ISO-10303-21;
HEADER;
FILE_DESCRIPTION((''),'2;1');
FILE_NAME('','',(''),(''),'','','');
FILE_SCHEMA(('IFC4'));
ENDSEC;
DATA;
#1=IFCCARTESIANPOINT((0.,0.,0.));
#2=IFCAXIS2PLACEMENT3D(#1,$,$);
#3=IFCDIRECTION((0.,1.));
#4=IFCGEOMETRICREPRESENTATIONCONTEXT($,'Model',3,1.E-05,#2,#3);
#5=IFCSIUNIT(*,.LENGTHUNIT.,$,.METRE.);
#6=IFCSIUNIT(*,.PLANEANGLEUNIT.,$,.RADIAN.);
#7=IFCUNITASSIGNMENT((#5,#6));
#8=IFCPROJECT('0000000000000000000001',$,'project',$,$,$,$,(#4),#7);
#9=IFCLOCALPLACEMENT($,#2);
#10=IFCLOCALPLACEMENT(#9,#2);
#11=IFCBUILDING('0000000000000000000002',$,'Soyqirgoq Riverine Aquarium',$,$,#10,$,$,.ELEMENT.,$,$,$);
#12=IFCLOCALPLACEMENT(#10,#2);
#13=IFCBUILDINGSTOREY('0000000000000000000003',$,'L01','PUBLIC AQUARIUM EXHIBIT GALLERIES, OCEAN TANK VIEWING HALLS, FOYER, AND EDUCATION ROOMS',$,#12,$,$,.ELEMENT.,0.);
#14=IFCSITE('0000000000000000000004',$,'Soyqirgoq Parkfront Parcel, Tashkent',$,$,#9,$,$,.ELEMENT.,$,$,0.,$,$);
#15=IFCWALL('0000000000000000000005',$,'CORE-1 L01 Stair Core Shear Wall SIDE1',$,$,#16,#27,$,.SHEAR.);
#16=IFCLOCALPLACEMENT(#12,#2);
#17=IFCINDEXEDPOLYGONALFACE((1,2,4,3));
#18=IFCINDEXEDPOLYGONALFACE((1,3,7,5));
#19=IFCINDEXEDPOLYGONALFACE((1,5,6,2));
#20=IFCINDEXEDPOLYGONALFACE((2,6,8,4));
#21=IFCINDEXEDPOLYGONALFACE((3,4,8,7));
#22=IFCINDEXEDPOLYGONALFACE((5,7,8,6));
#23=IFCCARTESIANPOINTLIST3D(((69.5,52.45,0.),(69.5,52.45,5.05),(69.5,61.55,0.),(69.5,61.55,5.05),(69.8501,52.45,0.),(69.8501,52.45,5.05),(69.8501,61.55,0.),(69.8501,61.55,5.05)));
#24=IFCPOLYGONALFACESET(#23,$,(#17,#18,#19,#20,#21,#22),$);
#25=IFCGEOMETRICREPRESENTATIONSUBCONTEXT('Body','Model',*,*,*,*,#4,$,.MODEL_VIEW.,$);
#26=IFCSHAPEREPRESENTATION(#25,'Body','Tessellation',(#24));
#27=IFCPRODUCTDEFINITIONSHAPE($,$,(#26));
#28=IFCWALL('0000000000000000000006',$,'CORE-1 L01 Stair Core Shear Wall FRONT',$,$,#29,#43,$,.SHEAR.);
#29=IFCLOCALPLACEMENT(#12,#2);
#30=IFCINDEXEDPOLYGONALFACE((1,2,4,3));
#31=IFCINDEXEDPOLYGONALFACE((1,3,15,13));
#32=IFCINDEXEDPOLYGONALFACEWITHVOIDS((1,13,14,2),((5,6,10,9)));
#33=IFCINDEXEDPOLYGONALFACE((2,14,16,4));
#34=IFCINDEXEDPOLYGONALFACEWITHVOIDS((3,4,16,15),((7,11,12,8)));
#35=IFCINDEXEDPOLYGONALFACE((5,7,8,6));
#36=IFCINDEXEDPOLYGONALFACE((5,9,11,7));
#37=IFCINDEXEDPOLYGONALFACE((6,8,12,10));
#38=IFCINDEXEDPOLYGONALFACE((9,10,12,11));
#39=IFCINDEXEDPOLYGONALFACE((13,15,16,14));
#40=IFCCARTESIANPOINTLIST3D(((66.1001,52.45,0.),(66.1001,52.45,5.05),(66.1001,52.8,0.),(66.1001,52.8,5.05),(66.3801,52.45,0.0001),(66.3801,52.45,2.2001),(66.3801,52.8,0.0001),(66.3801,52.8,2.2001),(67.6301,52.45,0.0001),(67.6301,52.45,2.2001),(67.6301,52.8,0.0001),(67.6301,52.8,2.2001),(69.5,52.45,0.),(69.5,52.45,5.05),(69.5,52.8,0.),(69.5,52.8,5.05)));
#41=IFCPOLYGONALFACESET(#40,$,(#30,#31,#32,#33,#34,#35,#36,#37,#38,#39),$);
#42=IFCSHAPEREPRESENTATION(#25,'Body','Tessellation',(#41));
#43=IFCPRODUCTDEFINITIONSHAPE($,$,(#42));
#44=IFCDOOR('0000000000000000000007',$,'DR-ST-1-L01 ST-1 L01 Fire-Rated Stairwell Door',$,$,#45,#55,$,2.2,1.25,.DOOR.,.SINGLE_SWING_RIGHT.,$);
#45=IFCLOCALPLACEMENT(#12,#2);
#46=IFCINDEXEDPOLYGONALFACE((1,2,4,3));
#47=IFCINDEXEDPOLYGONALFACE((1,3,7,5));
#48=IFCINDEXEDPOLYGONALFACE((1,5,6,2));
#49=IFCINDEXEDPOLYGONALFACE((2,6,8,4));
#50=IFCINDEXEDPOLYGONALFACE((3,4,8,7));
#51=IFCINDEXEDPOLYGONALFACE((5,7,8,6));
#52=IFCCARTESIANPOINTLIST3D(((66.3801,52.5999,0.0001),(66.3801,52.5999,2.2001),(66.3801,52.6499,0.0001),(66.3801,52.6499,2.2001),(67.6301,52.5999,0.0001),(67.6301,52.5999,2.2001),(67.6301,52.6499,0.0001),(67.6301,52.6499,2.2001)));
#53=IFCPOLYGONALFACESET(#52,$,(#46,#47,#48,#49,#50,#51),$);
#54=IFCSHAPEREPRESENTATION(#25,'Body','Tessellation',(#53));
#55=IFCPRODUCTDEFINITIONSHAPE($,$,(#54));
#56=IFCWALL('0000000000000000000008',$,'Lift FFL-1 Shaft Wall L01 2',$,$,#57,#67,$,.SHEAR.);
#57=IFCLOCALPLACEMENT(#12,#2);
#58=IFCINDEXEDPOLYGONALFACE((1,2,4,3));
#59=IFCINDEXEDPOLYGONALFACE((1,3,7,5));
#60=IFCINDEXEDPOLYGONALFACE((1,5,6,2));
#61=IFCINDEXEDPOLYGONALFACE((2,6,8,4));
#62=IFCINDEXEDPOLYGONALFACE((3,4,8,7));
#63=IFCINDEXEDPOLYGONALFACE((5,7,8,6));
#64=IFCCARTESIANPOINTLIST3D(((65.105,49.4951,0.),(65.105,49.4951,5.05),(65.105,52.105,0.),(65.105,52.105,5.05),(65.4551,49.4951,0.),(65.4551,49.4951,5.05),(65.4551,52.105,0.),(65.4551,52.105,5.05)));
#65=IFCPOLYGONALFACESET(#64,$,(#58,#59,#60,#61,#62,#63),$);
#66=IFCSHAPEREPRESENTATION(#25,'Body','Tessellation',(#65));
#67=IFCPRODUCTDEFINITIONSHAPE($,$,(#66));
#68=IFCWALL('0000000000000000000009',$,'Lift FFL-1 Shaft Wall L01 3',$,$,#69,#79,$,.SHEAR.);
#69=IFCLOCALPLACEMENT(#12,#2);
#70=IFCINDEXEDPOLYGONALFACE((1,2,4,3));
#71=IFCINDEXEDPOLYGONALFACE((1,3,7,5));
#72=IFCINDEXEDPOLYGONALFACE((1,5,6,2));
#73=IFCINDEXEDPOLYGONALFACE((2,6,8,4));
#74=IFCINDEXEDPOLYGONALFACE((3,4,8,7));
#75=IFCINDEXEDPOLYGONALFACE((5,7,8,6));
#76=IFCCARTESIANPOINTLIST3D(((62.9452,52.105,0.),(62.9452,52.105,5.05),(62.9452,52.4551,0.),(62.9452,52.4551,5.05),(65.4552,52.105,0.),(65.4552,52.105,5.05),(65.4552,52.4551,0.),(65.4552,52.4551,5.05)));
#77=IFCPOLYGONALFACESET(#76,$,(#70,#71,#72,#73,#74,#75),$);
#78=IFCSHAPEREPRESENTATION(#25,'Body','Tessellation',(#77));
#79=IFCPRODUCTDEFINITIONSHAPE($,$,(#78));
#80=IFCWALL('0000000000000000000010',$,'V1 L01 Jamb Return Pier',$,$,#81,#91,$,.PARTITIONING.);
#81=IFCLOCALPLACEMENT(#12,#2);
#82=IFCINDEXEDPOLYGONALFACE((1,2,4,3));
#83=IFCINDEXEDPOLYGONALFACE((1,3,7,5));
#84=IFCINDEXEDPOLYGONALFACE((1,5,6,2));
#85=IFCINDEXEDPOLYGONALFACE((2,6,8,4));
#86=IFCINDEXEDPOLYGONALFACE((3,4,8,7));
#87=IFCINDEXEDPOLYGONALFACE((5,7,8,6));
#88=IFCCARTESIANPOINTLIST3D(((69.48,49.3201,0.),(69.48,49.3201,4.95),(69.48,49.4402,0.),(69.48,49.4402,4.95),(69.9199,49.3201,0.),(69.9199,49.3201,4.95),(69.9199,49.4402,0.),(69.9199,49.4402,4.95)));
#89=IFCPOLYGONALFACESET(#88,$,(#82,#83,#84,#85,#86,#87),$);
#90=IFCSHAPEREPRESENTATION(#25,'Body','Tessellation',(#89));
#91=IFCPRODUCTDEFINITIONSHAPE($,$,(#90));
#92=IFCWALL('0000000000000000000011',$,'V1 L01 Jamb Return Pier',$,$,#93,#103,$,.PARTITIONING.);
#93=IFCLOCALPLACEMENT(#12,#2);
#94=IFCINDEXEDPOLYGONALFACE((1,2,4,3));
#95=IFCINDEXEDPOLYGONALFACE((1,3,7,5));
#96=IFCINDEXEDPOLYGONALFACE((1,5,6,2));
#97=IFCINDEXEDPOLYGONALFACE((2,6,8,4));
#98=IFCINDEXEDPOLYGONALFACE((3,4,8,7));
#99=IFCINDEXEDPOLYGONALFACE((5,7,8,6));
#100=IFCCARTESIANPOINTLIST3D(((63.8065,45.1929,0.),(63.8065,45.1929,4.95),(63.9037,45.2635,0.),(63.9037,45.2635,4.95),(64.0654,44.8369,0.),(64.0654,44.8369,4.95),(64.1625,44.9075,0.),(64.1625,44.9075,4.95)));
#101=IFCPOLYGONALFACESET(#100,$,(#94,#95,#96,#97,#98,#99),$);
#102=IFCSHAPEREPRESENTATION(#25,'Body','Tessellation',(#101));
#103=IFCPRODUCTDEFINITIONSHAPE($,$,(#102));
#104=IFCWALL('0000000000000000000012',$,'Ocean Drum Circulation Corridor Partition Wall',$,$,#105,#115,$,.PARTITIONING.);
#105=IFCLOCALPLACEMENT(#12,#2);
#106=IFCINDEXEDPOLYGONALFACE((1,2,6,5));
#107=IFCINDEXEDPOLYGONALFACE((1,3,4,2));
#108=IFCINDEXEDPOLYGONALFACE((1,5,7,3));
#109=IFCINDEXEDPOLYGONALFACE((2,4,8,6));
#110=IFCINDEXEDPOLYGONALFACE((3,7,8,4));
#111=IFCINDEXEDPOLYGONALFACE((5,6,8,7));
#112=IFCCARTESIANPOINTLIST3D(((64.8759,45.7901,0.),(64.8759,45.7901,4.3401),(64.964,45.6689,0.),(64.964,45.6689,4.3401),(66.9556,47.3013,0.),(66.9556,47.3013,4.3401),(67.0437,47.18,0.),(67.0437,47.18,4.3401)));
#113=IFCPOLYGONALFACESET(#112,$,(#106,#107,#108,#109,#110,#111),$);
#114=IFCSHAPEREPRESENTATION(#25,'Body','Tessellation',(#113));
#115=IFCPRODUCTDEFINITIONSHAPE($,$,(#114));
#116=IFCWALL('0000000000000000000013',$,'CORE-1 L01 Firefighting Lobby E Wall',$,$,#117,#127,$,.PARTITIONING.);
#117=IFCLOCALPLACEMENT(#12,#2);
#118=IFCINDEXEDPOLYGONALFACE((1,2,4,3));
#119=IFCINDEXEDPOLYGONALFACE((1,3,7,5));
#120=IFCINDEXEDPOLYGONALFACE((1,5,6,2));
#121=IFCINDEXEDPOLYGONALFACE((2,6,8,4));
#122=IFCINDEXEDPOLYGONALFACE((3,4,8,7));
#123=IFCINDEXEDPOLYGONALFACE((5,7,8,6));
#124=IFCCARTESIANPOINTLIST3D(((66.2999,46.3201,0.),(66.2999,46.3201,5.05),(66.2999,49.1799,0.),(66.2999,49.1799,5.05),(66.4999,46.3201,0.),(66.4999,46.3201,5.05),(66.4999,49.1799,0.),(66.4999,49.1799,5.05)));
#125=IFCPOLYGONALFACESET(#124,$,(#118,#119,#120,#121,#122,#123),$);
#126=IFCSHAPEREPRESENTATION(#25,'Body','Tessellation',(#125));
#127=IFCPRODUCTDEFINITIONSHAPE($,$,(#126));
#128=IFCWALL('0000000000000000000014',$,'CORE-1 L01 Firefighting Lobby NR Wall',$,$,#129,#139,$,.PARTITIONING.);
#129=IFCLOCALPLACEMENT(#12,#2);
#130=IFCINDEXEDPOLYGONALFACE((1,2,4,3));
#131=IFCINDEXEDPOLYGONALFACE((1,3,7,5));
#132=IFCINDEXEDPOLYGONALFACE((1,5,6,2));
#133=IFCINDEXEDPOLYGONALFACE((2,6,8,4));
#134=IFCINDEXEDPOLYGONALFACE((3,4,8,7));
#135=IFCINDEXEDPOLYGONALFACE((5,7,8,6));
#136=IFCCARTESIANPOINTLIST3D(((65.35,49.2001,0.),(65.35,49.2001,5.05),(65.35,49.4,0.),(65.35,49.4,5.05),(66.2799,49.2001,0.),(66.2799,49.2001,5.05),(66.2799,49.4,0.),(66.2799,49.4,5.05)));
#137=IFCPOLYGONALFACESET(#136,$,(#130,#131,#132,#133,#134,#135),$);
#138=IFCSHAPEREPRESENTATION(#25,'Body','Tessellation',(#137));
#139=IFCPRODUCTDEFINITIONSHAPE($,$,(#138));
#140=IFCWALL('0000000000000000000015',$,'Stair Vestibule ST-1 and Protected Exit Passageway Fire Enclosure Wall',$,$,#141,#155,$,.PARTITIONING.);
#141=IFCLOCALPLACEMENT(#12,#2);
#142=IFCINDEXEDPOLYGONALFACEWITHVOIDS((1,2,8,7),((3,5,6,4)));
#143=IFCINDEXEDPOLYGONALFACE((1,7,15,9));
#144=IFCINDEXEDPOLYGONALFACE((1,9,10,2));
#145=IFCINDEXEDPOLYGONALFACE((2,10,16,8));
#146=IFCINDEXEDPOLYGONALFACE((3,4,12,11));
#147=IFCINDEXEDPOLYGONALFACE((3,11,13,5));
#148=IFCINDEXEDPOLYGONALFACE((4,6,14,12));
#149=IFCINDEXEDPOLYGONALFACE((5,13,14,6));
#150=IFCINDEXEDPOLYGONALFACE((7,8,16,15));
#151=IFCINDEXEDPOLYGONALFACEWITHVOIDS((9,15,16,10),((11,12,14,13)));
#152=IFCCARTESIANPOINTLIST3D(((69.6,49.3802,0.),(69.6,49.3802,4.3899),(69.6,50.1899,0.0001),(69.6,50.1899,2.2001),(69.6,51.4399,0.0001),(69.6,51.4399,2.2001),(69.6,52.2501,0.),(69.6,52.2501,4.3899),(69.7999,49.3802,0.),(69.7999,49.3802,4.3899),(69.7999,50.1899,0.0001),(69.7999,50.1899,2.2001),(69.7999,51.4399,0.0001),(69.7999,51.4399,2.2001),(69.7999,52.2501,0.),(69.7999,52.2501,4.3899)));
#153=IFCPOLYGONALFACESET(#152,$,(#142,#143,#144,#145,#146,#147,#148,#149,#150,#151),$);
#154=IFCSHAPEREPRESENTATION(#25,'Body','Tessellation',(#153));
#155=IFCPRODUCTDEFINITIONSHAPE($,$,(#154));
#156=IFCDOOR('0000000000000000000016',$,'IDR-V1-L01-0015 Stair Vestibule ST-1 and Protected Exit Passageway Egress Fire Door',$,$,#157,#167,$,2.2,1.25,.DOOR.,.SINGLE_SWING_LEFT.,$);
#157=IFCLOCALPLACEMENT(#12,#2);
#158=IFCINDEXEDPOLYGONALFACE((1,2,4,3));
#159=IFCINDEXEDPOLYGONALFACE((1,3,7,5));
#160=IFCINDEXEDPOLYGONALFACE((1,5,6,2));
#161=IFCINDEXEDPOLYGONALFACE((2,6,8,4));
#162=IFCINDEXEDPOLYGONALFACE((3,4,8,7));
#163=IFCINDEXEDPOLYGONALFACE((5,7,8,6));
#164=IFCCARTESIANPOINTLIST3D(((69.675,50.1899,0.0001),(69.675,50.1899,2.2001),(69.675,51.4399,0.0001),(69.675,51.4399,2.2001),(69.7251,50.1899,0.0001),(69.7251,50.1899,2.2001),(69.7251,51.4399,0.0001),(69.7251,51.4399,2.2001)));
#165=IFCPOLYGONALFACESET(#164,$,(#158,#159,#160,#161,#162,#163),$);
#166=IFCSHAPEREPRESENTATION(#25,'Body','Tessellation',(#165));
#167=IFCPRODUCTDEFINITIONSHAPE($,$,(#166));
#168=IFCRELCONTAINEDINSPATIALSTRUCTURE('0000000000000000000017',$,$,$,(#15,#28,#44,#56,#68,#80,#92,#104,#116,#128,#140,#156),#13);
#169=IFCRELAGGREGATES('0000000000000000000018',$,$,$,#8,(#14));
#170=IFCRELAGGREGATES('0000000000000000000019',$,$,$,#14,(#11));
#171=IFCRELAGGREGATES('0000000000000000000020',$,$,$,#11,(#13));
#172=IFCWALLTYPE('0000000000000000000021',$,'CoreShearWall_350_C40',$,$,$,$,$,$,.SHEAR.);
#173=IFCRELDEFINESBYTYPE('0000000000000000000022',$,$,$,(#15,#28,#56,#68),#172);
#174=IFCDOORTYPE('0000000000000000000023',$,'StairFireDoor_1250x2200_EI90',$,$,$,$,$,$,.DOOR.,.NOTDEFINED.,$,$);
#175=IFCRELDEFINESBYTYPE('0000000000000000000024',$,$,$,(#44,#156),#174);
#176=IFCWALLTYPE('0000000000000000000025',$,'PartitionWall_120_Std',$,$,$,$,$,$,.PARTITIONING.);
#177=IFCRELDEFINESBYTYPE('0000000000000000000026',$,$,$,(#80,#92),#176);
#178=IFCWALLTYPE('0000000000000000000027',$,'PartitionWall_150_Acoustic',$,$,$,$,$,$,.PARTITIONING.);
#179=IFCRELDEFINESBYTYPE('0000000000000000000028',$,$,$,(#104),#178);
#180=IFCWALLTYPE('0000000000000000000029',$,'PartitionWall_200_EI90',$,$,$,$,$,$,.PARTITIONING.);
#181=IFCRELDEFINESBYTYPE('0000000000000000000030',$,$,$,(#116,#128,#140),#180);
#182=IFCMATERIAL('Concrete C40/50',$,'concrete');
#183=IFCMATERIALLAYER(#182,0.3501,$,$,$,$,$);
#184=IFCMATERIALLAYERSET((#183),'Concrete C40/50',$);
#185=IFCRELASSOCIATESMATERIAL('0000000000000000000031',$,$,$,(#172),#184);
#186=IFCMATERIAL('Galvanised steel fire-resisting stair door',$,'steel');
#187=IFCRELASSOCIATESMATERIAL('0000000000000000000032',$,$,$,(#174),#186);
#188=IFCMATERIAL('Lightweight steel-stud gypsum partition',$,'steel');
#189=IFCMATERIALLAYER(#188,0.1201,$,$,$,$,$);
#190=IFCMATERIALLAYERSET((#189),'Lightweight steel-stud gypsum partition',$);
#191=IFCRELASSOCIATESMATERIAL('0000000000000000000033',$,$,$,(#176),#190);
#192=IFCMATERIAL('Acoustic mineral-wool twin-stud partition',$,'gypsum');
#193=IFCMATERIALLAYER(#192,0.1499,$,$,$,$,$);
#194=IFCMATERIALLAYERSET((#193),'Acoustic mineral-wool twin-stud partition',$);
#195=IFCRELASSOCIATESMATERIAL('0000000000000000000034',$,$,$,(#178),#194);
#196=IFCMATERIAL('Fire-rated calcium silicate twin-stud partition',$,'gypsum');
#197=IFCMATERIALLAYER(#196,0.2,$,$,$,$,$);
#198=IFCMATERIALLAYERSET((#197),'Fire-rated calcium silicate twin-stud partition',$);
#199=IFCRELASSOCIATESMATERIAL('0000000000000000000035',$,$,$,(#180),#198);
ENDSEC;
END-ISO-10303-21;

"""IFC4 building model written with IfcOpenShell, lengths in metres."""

from ifc_helpers import new_model, si_unit, direction, frame, frame_2d, origin, place, context, subcontext, project, spatial, rectangle, extrude, material, layer, layer_set, type_object, element, fill, save


model = new_model("IFC4")

# Units and contexts
model_context = context("Model", 3, precision=1e-05, world=origin(), true_north=direction((0.0, 1.0)))
body_context = subcontext(model_context, "Body", "Model", "MODEL_VIEW")
ifc_project = project(units=[si_unit("LENGTHUNIT", "METRE"), si_unit("PLANEANGLEUNIT", "RADIAN")], contexts=[model_context])

# Site, building, storey
site_placement = place(None, origin())
site = spatial("IfcSite", under=ifc_project, at=site_placement, Name="Soyqirgoq Parkfront Parcel, Tashkent", CompositionType="ELEMENT", RefElevation=0.0)
building_placement = place(site_placement, origin())
building = spatial("IfcBuilding", under=site, at=building_placement, Name="Soyqirgoq Riverine Aquarium", CompositionType="ELEMENT")
storey_placement = place(building_placement, origin())
storey = spatial("IfcBuildingStorey", under=building, at=storey_placement, Name="L01", Description="PUBLIC AQUARIUM EXHIBIT GALLERIES, OCEAN TANK VIEWING HALLS, FOYER, AND EDUCATION ROOMS", CompositionType="ELEMENT", Elevation=0.0)

# Wall
ifc_material_1 = material(Name="Concrete C40/50", Category="concrete")
ifc_layer_1 = layer(ifc_material_1, 0.3501)
ifc_layer_set_1 = layer_set([ifc_layer_1], Name="Concrete C40/50")
wall_type_1 = type_object("IfcWallType", Name="CoreShearWall_350_C40", PredefinedType="SHEAR", material=ifc_layer_set_1)
wall_1_placement = place(storey_placement, frame((69.675, 52.45, 0.0), z_axis=(0.0, 0.0, 1.0), x_axis=(0.0, 1.0, 0.0)))
element("IfcWall", 1, at=wall_1_placement, inside=storey, type_object=wall_type_1, Name="CORE-1 L01 Stair Core Shear Wall SIDE1", PredefinedType="SHEAR", context=body_context, shape_type="SweptSolid", body=[
    extrude(rectangle(XDim=9.1001, YDim=0.3501, at=frame_2d((4.55, 0.0))), origin(), (0.0, 0.0, 1.0), 5.05),
])

# Wall, opening, door
wall_2_placement = place(storey_placement, frame((66.1001, 52.625, 0.0), z_axis=(0.0, 0.0, 1.0), x_axis=(1.0, 0.0, 0.0)))
wall_2 = element("IfcWall", 2, at=wall_2_placement, inside=storey, type_object=wall_type_1, Name="CORE-1 L01 Stair Core Shear Wall FRONT", PredefinedType="SHEAR", context=body_context, shape_type="SweptSolid", body=[
    extrude(rectangle(XDim=3.3999, YDim=0.3501, at=frame_2d((1.7, 0.0))), origin(), (0.0, 0.0, 1.0), 5.05),
])
opening_1_placement = place(wall_2_placement, frame((0.28, 0.0, 0.0)))
opening_1 = element("IfcOpeningElement", 3, at=opening_1_placement, cuts=wall_2, PredefinedType="OPENING", context=body_context, shape_type="SweptSolid", body=[
    extrude(rectangle(XDim=1.25, YDim=2.2, at=frame_2d((0.625, 1.1001))), frame((0.0, 0.1851, 0.0), z_axis=(0.0, -1.0, 0.0), x_axis=(1.0, 0.0, 0.0)), (0.0, 0.0, 1.0), 0.3701),
])
ifc_material_2 = material(Name="Galvanised steel fire-resisting stair door", Category="steel")
door_type_1 = type_object("IfcDoorType", Name="StairFireDoor_1250x2200_EI90", OperationType="NOTDEFINED", PredefinedType="DOOR", material=ifc_material_2)
door_1_placement = place(opening_1_placement, origin())
door_1 = element("IfcDoor", 4, at=door_1_placement, inside=storey, type_object=door_type_1, Name="DR-ST-1-L01 ST-1 L01 Fire-Rated Stairwell Door", OperationType="SINGLE_SWING_RIGHT", OverallHeight=2.2, OverallWidth=1.25, PredefinedType="DOOR", context=body_context, shape_type="SweptSolid", body=[
    extrude(rectangle(XDim=1.25, YDim=2.2, at=frame_2d((0.625, 1.1001))), frame((0.0, 0.0249, 0.0), z_axis=(0.0, -1.0, 0.0), x_axis=(1.0, 0.0, 0.0)), (0.0, 0.0, 1.0), 0.05),
])
fill(opening_1, door_1)

# Walls
wall_3_placement = place(storey_placement, frame((65.28, 49.4951, 0.0), z_axis=(0.0, 0.0, 1.0), x_axis=(0.0, 1.0, 0.0)))
element("IfcWall", 5, at=wall_3_placement, inside=storey, type_object=wall_type_1, Name="Lift FFL-1 Shaft Wall L01 2", PredefinedType="SHEAR", context=body_context, shape_type="SweptSolid", body=[
    extrude(rectangle(XDim=2.6099, YDim=0.3501, at=frame_2d((1.3049, 0.0))), origin(), (0.0, 0.0, 1.0), 5.05),
])
wall_4_placement = place(storey_placement, frame((65.4551, 52.28, 0.0), z_axis=(0.0, 0.0, 1.0), x_axis=(-1.0, 0.0, 0.0)))
element("IfcWall", 6, at=wall_4_placement, inside=storey, type_object=wall_type_1, Name="Lift FFL-1 Shaft Wall L01 3", PredefinedType="SHEAR", context=body_context, shape_type="SweptSolid", body=[
    extrude(rectangle(XDim=2.51, YDim=0.3501, at=frame_2d((1.2549, 0.0))), origin(), (0.0, 0.0, 1.0), 5.05),
])
ifc_material_3 = material(Name="Lightweight steel-stud gypsum partition", Category="steel")
ifc_layer_2 = layer(ifc_material_3, 0.1201)
ifc_layer_set_2 = layer_set([ifc_layer_2], Name="Lightweight steel-stud gypsum partition")
wall_type_2 = type_object("IfcWallType", Name="PartitionWall_120_Std", PredefinedType="PARTITIONING", material=ifc_layer_set_2)
wall_5_placement = place(storey_placement, frame((69.9199, 49.3801, 0.0), z_axis=(0.0, 0.0, 1.0), x_axis=(-1.0, 0.0, 0.0)))
element("IfcWall", 7, at=wall_5_placement, inside=storey, type_object=wall_type_2, Name="V1 L01 Jamb Return Pier", PredefinedType="PARTITIONING", context=body_context, shape_type="SweptSolid", body=[
    extrude(rectangle(XDim=0.4399, YDim=0.1201, at=frame_2d((0.22, 0.0))), origin(), (0.0, 0.0, 1.0), 4.95),
])
wall_6_placement = place(storey_placement, frame((64.114, 44.8721, 0.0), z_axis=(0.0, 0.0, 1.0), x_axis=(-0.58804, 0.808832, 0.0)))
element("IfcWall", 8, at=wall_6_placement, inside=storey, type_object=wall_type_2, Name="V1 L01 Jamb Return Pier", PredefinedType="PARTITIONING", context=body_context, shape_type="SweptSolid", body=[
    extrude(rectangle(XDim=0.4402, YDim=0.1201, at=frame_2d((0.2202, 0.0))), origin(), (0.0, 0.0, 1.0), 4.95),
])
ifc_material_4 = material(Name="Acoustic mineral-wool twin-stud partition", Category="gypsum")
ifc_layer_3 = layer(ifc_material_4, 0.1499)
ifc_layer_set_3 = layer_set([ifc_layer_3], Name="Acoustic mineral-wool twin-stud partition")
wall_type_3 = type_object("IfcWallType", Name="PartitionWall_150_Acoustic", PredefinedType="PARTITIONING", material=ifc_layer_set_3)
wall_7_placement = place(storey_placement, frame((64.9199, 45.7295, 0.0), z_axis=(0.0, 0.0, 1.0), x_axis=(0.808991, 0.587822, 0.0)))
element("IfcWall", 9, at=wall_7_placement, inside=storey, type_object=wall_type_3, Name="Ocean Drum Circulation Corridor Partition Wall", PredefinedType="PARTITIONING", context=body_context, shape_type="SweptSolid", body=[
    extrude(rectangle(XDim=2.5708, YDim=0.1499, at=frame_2d((1.2854, 0.0))), origin(), (0.0, 0.0, 1.0), 4.3401),
])
ifc_material_5 = material(Name="Fire-rated calcium silicate twin-stud partition", Category="gypsum")
ifc_layer_4 = layer(ifc_material_5, 0.2)
ifc_layer_set_4 = layer_set([ifc_layer_4], Name="Fire-rated calcium silicate twin-stud partition")
wall_type_4 = type_object("IfcWallType", Name="PartitionWall_200_EI90", PredefinedType="PARTITIONING", material=ifc_layer_set_4)
wall_8_placement = place(storey_placement, frame((66.3999, 46.3201, 0.0), z_axis=(0.0, 0.0, 1.0), x_axis=(0.0, 1.0, 0.0)))
element("IfcWall", 10, at=wall_8_placement, inside=storey, type_object=wall_type_4, Name="CORE-1 L01 Firefighting Lobby E Wall", PredefinedType="PARTITIONING", context=body_context, shape_type="SweptSolid", body=[
    extrude(rectangle(XDim=2.8599, YDim=0.2, at=frame_2d((1.4299, 0.0))), origin(), (0.0, 0.0, 1.0), 5.05),
])
wall_9_placement = place(storey_placement, frame((65.3501, 49.3, 0.0), z_axis=(0.0, 0.0, 1.0), x_axis=(1.0, 0.0, 0.0)))
element("IfcWall", 11, at=wall_9_placement, inside=storey, type_object=wall_type_4, Name="CORE-1 L01 Firefighting Lobby NR Wall", PredefinedType="PARTITIONING", context=body_context, shape_type="SweptSolid", body=[
    extrude(rectangle(XDim=0.9299, YDim=0.2, at=frame_2d((0.4648, 0.0))), origin(), (0.0, 0.0, 1.0), 5.05),
])

# Wall, opening, door
wall_10_placement = place(storey_placement, frame((69.7, 49.3801, 0.0), z_axis=(0.0, 0.0, 1.0), x_axis=(0.0, 1.0, 0.0)))
wall_10 = element("IfcWall", 12, at=wall_10_placement, inside=storey, type_object=wall_type_4, Name="Stair Vestibule ST-1 and Protected Exit Passageway Fire Enclosure Wall", PredefinedType="PARTITIONING", context=body_context, shape_type="SweptSolid", body=[
    extrude(rectangle(XDim=2.8699, YDim=0.2, at=frame_2d((1.4351, 0.0))), origin(), (0.0, 0.0, 1.0), 4.3899),
])
opening_2_placement = place(wall_10_placement, frame((0.8098, 0.0, 0.0)))
opening_2 = element("IfcOpeningElement", 13, at=opening_2_placement, cuts=wall_10, PredefinedType="OPENING", context=body_context, shape_type="SweptSolid", body=[
    extrude(rectangle(XDim=1.25, YDim=2.2, at=frame_2d((0.625, 1.1001))), frame((0.0, 0.1099, 0.0), z_axis=(0.0, -1.0, 0.0), x_axis=(1.0, 0.0, 0.0)), (0.0, 0.0, 1.0), 0.22),
])
door_2_placement = place(opening_2_placement, origin())
door_2 = element("IfcDoor", 14, at=door_2_placement, inside=storey, type_object=door_type_1, Name="IDR-V1-L01-0015 Stair Vestibule ST-1 and Protected Exit Passageway Egress Fire Door", OperationType="SINGLE_SWING_LEFT", OverallHeight=2.2, OverallWidth=1.25, PredefinedType="DOOR", context=body_context, shape_type="SweptSolid", body=[
    extrude(rectangle(XDim=1.25, YDim=2.2, at=frame_2d((0.625, 1.1001))), frame((0.0, 0.0249, 0.0), z_axis=(0.0, -1.0, 0.0), x_axis=(1.0, 0.0, 0.0)), (0.0, 0.0, 1.0), 0.05),
])
fill(opening_2, door_2)

save(model, "model.ifc")
